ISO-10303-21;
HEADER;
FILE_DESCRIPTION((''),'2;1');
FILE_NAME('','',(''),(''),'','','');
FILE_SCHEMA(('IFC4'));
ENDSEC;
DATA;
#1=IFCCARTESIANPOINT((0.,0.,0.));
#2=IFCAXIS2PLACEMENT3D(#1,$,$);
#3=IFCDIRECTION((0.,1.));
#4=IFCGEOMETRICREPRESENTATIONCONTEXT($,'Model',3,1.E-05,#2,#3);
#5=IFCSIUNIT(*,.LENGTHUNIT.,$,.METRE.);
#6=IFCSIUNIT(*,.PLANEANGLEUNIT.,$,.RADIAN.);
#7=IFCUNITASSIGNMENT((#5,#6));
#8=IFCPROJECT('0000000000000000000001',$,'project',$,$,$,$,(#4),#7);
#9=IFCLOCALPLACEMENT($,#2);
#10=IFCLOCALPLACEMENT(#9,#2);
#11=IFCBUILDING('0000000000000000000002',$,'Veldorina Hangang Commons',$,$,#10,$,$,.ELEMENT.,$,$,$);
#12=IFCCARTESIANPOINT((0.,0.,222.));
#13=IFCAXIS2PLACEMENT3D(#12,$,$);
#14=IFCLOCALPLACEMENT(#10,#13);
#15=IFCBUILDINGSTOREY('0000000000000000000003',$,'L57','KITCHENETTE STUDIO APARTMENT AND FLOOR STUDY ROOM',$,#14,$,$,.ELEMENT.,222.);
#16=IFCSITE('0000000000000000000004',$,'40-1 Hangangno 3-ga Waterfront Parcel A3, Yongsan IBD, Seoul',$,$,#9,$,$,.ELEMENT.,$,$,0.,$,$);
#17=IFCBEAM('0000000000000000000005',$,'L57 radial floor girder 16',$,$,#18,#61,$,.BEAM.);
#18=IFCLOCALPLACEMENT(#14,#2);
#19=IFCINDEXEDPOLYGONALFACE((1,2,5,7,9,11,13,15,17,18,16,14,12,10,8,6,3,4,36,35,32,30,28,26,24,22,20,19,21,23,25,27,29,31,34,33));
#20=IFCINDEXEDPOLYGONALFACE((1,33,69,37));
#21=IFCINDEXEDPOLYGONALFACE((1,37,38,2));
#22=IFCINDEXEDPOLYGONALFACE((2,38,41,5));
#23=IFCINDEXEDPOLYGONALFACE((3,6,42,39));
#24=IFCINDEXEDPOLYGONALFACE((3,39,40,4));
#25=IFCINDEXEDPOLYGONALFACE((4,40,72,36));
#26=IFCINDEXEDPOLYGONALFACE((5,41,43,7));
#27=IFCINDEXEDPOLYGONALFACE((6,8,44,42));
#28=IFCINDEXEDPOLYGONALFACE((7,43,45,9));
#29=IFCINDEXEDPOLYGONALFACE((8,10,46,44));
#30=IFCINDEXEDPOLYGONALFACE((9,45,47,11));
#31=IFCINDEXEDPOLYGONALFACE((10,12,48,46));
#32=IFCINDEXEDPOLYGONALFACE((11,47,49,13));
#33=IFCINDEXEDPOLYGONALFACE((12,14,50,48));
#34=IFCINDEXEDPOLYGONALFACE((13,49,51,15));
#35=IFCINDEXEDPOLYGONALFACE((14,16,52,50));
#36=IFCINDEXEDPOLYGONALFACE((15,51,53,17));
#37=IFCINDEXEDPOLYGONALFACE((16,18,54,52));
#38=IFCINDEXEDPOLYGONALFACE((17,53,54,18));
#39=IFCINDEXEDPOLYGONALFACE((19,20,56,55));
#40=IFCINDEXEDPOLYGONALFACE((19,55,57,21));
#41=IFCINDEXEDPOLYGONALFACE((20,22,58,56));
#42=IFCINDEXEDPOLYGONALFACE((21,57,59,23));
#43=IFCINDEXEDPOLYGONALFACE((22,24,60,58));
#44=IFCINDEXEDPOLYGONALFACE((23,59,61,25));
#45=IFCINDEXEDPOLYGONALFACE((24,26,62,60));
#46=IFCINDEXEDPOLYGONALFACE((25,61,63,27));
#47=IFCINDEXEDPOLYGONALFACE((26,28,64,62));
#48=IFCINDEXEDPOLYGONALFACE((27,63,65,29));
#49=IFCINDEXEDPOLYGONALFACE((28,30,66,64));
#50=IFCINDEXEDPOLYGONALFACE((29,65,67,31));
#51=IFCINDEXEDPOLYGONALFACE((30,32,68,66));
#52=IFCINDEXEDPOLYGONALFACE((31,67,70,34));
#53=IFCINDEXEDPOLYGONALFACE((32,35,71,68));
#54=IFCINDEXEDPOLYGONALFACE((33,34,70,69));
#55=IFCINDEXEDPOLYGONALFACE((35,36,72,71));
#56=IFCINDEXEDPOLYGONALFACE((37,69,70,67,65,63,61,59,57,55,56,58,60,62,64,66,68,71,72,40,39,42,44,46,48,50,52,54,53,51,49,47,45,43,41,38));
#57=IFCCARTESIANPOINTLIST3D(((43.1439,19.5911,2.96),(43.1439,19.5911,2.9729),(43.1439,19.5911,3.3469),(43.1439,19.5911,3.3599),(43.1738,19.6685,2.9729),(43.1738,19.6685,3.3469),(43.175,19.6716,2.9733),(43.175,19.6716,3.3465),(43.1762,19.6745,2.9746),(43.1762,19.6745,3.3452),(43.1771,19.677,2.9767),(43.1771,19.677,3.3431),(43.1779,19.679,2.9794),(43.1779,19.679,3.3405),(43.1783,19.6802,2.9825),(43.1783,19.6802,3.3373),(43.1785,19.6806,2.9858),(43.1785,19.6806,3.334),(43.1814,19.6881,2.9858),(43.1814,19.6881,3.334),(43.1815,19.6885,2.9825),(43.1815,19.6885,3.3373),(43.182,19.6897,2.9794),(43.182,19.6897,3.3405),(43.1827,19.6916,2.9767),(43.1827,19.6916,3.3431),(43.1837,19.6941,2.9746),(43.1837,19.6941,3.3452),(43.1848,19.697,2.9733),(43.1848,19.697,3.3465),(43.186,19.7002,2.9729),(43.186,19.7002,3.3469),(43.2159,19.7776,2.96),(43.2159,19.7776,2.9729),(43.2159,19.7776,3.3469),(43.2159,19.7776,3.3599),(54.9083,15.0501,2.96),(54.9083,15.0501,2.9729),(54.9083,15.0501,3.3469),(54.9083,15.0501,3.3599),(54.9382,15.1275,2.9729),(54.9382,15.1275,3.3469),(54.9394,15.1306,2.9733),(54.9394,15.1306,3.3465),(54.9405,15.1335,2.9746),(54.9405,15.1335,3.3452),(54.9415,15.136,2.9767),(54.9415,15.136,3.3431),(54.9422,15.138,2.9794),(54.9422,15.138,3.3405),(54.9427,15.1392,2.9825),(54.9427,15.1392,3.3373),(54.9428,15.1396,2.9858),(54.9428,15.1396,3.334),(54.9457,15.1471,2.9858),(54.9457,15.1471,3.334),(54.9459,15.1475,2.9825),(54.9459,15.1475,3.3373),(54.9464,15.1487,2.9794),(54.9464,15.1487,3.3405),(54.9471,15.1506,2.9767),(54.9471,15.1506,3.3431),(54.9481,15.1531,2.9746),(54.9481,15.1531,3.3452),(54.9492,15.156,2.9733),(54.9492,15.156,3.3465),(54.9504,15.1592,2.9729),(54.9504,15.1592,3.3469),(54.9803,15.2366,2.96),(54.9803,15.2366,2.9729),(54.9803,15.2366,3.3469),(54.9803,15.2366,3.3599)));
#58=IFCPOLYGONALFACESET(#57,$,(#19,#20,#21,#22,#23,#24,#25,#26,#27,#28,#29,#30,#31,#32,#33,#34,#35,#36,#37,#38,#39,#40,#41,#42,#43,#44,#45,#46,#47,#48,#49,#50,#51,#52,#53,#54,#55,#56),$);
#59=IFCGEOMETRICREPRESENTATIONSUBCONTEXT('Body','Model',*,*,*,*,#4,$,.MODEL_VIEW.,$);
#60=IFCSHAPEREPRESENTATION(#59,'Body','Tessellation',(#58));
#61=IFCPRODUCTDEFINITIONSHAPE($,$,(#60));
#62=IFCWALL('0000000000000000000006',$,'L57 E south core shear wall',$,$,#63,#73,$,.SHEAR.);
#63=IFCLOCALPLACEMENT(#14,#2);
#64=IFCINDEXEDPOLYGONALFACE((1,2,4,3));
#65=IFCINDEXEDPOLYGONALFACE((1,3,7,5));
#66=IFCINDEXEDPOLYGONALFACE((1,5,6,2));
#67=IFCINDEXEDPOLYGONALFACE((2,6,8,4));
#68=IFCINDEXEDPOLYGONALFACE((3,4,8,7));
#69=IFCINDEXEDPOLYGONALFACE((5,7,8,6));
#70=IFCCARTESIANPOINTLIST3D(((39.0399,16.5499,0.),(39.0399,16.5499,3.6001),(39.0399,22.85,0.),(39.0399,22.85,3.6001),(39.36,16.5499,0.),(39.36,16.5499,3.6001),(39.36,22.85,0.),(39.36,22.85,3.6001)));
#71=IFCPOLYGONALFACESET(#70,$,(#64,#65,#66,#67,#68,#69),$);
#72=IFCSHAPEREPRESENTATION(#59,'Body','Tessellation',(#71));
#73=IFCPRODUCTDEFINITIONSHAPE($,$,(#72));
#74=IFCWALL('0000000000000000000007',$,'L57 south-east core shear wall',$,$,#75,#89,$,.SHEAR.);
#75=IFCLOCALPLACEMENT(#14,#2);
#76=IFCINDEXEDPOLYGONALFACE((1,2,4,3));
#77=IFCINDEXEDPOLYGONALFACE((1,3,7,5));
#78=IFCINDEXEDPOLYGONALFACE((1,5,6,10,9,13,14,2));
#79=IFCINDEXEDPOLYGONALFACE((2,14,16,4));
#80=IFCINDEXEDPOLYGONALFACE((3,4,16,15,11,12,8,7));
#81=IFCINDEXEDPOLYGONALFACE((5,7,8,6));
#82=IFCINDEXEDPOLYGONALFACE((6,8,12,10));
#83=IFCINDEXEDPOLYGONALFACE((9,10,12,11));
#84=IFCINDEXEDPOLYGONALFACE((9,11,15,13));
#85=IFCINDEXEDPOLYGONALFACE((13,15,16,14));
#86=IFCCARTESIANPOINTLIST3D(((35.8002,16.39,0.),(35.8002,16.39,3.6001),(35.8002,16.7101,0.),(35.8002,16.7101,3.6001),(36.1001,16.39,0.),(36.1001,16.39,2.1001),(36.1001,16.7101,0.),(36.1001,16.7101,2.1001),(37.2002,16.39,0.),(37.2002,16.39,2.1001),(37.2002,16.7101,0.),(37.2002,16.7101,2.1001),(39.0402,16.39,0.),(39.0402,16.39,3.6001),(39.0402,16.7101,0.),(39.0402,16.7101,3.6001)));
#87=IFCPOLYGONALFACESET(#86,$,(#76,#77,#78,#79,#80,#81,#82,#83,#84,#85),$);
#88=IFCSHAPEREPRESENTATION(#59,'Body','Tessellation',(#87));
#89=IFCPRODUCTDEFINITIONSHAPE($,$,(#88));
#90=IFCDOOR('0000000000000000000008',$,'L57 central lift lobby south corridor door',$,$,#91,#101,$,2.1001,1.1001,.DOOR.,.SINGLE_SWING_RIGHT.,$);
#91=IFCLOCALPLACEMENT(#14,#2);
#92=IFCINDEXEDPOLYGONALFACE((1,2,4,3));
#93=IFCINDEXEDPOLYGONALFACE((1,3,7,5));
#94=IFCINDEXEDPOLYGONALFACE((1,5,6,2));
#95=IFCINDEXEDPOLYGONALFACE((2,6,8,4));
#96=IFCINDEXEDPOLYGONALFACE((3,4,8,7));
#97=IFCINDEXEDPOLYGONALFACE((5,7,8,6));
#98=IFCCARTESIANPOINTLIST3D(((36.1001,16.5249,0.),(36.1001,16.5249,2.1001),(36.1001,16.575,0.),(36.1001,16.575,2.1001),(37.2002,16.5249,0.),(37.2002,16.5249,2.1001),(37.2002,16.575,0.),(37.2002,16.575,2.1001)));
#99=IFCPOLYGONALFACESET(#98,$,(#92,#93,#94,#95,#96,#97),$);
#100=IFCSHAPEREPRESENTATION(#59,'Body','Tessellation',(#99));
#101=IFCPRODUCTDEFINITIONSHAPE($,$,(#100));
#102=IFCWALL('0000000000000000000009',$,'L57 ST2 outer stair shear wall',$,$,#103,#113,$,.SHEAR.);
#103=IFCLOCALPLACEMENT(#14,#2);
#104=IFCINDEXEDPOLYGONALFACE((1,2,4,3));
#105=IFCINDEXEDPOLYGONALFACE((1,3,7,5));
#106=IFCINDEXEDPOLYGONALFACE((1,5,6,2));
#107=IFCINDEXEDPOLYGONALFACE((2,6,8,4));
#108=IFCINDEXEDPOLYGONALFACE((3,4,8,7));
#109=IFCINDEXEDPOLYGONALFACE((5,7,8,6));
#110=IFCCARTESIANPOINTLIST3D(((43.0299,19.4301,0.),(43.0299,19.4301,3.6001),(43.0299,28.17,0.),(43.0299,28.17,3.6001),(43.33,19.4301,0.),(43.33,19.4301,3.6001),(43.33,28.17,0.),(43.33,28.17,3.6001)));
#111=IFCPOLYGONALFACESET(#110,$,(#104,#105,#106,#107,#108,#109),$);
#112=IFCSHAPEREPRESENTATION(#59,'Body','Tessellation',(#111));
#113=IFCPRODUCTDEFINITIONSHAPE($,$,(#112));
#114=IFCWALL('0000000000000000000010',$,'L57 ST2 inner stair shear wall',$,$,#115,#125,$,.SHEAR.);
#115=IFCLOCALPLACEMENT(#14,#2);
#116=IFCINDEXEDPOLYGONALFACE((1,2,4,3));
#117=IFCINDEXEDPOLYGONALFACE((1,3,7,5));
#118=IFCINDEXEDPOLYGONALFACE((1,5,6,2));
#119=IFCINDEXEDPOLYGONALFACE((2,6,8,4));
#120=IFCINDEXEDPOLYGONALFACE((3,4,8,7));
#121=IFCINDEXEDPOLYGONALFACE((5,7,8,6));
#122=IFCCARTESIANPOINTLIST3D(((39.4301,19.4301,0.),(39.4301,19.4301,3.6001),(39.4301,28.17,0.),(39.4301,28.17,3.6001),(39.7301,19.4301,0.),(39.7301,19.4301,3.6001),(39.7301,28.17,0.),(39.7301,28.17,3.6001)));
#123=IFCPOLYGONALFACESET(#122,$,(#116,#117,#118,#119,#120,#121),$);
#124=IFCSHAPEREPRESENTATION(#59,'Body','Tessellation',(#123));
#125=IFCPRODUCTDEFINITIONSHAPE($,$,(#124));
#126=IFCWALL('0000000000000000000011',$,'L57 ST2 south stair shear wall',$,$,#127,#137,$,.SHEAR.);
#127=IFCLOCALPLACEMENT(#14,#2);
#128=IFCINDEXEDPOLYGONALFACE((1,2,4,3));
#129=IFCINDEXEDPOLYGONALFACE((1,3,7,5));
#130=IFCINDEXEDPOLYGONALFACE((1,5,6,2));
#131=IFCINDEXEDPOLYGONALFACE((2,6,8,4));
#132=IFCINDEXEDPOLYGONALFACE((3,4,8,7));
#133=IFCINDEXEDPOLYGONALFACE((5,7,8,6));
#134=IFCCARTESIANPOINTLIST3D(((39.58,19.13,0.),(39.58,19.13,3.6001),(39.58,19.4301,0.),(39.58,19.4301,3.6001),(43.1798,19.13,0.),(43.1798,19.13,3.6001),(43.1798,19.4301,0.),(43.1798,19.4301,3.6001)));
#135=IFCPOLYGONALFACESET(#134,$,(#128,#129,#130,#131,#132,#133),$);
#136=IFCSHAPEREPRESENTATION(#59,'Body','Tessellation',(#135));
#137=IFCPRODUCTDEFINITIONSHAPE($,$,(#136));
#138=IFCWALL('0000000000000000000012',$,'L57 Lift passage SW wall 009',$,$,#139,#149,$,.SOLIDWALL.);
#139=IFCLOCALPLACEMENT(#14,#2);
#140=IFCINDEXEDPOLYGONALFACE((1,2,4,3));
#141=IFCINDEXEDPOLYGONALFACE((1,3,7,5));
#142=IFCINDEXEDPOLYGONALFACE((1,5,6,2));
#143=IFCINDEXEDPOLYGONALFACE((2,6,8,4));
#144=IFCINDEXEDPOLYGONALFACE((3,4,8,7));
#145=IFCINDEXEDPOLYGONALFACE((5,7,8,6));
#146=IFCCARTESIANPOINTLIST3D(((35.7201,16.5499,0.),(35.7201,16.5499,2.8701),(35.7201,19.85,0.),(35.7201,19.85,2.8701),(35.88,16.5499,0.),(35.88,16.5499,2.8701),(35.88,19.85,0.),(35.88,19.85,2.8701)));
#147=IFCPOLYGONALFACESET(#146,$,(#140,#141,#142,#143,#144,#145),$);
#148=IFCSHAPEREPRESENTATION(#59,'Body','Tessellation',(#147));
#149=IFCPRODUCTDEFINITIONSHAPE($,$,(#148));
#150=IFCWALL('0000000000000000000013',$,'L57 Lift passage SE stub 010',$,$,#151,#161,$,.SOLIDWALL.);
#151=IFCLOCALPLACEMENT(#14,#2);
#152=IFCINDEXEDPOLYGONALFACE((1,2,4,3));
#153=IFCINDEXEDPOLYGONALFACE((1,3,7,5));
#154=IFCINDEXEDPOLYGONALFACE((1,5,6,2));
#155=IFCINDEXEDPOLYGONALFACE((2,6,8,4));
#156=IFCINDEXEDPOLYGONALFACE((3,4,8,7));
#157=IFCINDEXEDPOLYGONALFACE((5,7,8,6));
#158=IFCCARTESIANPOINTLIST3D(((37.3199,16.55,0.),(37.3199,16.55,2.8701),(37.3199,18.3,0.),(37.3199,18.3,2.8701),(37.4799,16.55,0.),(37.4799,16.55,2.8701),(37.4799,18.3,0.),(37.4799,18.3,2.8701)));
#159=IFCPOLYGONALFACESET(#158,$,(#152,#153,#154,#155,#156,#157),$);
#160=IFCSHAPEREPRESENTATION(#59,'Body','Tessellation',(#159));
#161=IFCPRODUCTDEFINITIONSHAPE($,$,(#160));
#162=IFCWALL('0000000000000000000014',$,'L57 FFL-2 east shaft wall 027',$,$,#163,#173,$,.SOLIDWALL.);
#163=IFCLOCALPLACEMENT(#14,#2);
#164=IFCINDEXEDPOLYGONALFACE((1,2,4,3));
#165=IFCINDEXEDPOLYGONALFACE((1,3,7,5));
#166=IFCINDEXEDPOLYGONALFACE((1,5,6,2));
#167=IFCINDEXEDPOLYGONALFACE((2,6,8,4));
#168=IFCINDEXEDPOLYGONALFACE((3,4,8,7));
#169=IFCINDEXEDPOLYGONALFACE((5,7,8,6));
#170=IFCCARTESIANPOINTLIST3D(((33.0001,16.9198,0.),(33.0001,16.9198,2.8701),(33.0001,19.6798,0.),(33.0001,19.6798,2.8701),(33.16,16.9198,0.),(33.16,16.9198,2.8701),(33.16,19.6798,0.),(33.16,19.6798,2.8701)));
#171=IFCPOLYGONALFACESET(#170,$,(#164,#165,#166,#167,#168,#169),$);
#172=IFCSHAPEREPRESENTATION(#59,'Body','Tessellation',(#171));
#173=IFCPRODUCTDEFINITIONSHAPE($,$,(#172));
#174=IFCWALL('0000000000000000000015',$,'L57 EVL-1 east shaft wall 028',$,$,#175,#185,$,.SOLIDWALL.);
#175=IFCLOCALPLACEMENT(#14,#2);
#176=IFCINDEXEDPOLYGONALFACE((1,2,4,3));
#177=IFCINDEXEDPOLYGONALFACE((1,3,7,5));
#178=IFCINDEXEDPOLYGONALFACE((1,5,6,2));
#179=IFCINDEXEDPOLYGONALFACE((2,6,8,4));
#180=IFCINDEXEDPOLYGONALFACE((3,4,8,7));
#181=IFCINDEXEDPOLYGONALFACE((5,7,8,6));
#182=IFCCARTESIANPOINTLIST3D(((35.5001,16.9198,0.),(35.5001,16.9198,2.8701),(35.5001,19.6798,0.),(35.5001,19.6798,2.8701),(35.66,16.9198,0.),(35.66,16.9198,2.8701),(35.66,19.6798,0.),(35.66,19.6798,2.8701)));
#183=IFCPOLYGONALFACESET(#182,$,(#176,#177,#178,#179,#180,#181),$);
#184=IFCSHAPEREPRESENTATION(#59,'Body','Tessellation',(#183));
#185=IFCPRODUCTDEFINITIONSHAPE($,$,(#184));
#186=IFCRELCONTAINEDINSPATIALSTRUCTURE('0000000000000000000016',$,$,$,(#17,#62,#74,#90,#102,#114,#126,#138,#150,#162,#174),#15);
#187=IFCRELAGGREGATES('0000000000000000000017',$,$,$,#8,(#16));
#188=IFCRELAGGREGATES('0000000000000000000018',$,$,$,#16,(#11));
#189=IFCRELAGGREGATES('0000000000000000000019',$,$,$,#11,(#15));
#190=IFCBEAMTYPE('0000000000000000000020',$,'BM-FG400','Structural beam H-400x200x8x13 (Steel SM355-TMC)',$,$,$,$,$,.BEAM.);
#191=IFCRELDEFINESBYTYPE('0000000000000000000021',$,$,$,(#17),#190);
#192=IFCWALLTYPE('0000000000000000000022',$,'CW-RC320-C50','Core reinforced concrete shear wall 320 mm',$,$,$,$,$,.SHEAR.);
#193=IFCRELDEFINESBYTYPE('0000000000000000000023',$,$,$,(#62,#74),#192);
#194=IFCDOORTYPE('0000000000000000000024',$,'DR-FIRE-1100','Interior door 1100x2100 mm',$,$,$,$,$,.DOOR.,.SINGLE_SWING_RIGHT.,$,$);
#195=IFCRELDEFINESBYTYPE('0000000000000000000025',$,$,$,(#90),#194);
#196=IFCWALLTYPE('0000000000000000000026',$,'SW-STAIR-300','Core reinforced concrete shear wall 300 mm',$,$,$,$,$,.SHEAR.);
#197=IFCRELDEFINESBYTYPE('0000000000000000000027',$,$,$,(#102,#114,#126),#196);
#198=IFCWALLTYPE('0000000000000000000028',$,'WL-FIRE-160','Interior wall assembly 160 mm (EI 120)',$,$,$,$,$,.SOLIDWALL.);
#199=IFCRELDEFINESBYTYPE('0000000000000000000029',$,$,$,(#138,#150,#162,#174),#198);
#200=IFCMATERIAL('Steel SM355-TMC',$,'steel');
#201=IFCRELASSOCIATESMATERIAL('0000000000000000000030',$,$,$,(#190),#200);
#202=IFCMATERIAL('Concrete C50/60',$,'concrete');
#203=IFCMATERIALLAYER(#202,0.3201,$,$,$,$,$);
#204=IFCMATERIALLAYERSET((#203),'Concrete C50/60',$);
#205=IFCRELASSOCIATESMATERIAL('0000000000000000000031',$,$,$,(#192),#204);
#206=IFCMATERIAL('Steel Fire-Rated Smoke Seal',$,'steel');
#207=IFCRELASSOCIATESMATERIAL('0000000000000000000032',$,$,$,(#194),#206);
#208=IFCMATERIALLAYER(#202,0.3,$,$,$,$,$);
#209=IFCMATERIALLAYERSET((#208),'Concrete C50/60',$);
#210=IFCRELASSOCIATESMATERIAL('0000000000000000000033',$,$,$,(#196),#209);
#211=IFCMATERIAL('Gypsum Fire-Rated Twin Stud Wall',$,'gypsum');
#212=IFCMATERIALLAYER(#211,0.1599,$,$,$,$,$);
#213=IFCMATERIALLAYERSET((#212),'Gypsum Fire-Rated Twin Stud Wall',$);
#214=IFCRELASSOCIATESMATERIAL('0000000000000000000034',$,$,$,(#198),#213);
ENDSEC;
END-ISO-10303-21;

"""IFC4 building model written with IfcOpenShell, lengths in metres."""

from ifc_helpers import new_model, si_unit, direction, frame, frame_2d, origin, origin_2d, place, context, subcontext, project, spatial, rectangle, i_section, extrude, material, layer, layer_set, material_profile, profile_set, type_object, element, fill, save


model = new_model("IFC4")

# Units and contexts
model_context = context("Model", 3, precision=1e-05, world=origin(), true_north=direction((0.0, 1.0)))
body_context = subcontext(model_context, "Body", "Model", "MODEL_VIEW")
ifc_project = project(units=[si_unit("LENGTHUNIT", "METRE"), si_unit("PLANEANGLEUNIT", "RADIAN")], contexts=[model_context])

# Site, building, storey
site_placement = place(None, origin())
site = spatial("IfcSite", under=ifc_project, at=site_placement, Name="40-1 Hangangno 3-ga Waterfront Parcel A3, Yongsan IBD, Seoul", CompositionType="ELEMENT", RefElevation=0.0)
building_placement = place(site_placement, origin())
building = spatial("IfcBuilding", under=site, at=building_placement, Name="Veldorina Hangang Commons", CompositionType="ELEMENT")
storey_placement = place(building_placement, frame((0.0, 0.0, 222.0)))
storey = spatial("IfcBuildingStorey", under=building, at=storey_placement, Name="L57", Description="KITCHENETTE STUDIO APARTMENT AND FLOOR STUDY ROOM", CompositionType="ELEMENT", Elevation=222.0)

# Beam
ifc_material_1 = material(Name="Concrete C50/60", Category="concrete")
ifc_material_2 = material(Name="Steel SM355-TMC", Category="steel")
ifc_material_profile_1 = material_profile(ifc_material_2, i_section(OverallWidth=0.2, OverallDepth=0.3999, WebThickness=0.0081, FlangeThickness=0.0129, FilletRadius=0.0129, at=origin_2d()), Name="H-400x200x8x13")
ifc_profile_set_1 = profile_set([ifc_material_profile_1], Name="Steel SM355-TMC")
beam_type_1 = type_object("IfcBeamType", Name="BM-FG400", Description="Structural beam H-400x200x8x13 (Steel SM355-TMC)", PredefinedType="BEAM", material=ifc_profile_set_1)
beam_1_placement = place(storey_placement, frame((43.1799, 19.6843, 3.1599), z_axis=(0.932913, -0.360101, 0.0), x_axis=(0.360101, 0.932913, 0.0)))
element("IfcBeam", 1, at=beam_1_placement, inside=storey, type_object=beam_type_1, Name="L57 radial floor girder 16", PredefinedType="BEAM", context=body_context, shape_type="SweptSolid", body=[
    extrude(i_section(OverallWidth=0.2, OverallDepth=0.3999, WebThickness=0.0081, FlangeThickness=0.0129, FilletRadius=0.0129, at=origin_2d()), origin(), (0.0, 0.0, 1.0), 12.6104),
])

# Wall
ifc_layer_1 = layer(ifc_material_1, 0.3201)
ifc_layer_set_1 = layer_set([ifc_layer_1], Name="Concrete C50/60")
wall_type_1 = type_object("IfcWallType", Name="CW-RC320-C50", Description="Core reinforced concrete shear wall 320 mm", PredefinedType="SHEAR", material=ifc_layer_set_1)
wall_1_placement = place(storey_placement, frame((39.2, 16.55, 0.0), z_axis=(0.0, 0.0, 1.0), x_axis=(0.0, 1.0, 0.0)))
element("IfcWall", 2, at=wall_1_placement, inside=storey, type_object=wall_type_1, Name="L57 E south core shear wall", PredefinedType="SHEAR", context=body_context, shape_type="SweptSolid", body=[
    extrude(rectangle(XDim=6.3, YDim=0.3201, at=frame_2d((3.1499, 0.0))), origin(), (0.0, 0.0, 1.0), 3.6001),
])

# Wall, opening, door
wall_2_placement = place(storey_placement, frame((35.8, 16.55, 0.0), z_axis=(0.0, 0.0, 1.0), x_axis=(1.0, 0.0, 0.0)))
wall_2 = element("IfcWall", 3, at=wall_2_placement, inside=storey, type_object=wall_type_1, Name="L57 south-east core shear wall", PredefinedType="SHEAR", context=body_context, shape_type="SweptSolid", body=[
    extrude(rectangle(XDim=3.24, YDim=0.3201, at=frame_2d((1.6201, 0.0))), origin(), (0.0, 0.0, 1.0), 3.6001),
])
opening_1_placement = place(wall_2_placement, frame((0.3, 0.0, 0.0)))
opening_1 = element("IfcOpeningElement", 4, at=opening_1_placement, cuts=wall_2, PredefinedType="OPENING", context=body_context, shape_type="SweptSolid", body=[
    extrude(rectangle(XDim=1.1001, YDim=2.1001, at=frame_2d((0.55, 1.05))), frame((0.0, 0.1699, 0.0), z_axis=(0.0, -1.0, 0.0), x_axis=(1.0, 0.0, 0.0)), (0.0, 0.0, 1.0), 0.3401),
])
ifc_material_3 = material(Name="Steel Fire-Rated Smoke Seal", Category="steel")
door_type_1 = type_object("IfcDoorType", Name="DR-FIRE-1100", Description="Interior door 1100x2100 mm", OperationType="SINGLE_SWING_RIGHT", PredefinedType="DOOR", material=ifc_material_3)
door_1_placement = place(opening_1_placement, origin())
door_1 = element("IfcDoor", 5, at=door_1_placement, inside=storey, type_object=door_type_1, Name="L57 central lift lobby south corridor door", OperationType="SINGLE_SWING_RIGHT", OverallHeight=2.1001, OverallWidth=1.1001, PredefinedType="DOOR", context=body_context, shape_type="SweptSolid", body=[
    extrude(rectangle(XDim=1.1001, YDim=2.1001, at=frame_2d((0.55, 1.05))), frame((0.0, 0.0249, 0.0), z_axis=(0.0, -1.0, 0.0), x_axis=(1.0, 0.0, 0.0)), (0.0, 0.0, 1.0), 0.05),
])
fill(opening_1, door_1)

# Walls
ifc_layer_2 = layer(ifc_material_1, 0.3)
ifc_layer_set_2 = layer_set([ifc_layer_2], Name="Concrete C50/60")
wall_type_2 = type_object("IfcWallType", Name="SW-STAIR-300", Description="Core reinforced concrete shear wall 300 mm", PredefinedType="SHEAR", material=ifc_layer_set_2)
for number, where, z_axis, x_axis, name in (
    (6, (43.1799, 19.4299, 0.0), (0.0, 0.0, 1.0), (0.0, 1.0, 0.0), "L57 ST2 outer stair shear wall"),
    (7, (39.5801, 19.4299, 0.0), (0.0, 0.0, 1.0), (0.0, 1.0, 0.0), "L57 ST2 inner stair shear wall"),
):
    element("IfcWall", number, at=place(storey_placement, frame(where, z_axis=z_axis, x_axis=x_axis)), inside=storey, type_object=wall_type_2, Name=name, PredefinedType="SHEAR", context=body_context, shape_type="SweptSolid", body=[
        extrude(rectangle(XDim=8.74, YDim=0.3, at=frame_2d((4.3701, 0.0))), origin(), (0.0, 0.0, 1.0), 3.6001),
    ])
wall_3_placement = place(storey_placement, frame((39.5801, 19.28, 0.0), z_axis=(0.0, 0.0, 1.0), x_axis=(1.0, 0.0, 0.0)))
element("IfcWall", 8, at=wall_3_placement, inside=storey, type_object=wall_type_2, Name="L57 ST2 south stair shear wall", PredefinedType="SHEAR", context=body_context, shape_type="SweptSolid", body=[
    extrude(rectangle(XDim=3.5999, YDim=0.3, at=frame_2d((1.7998, 0.0))), origin(), (0.0, 0.0, 1.0), 3.6001),
])
ifc_material_4 = material(Name="Gypsum Fire-Rated Twin Stud Wall", Category="gypsum")
ifc_layer_3 = layer(ifc_material_4, 0.1599)
ifc_layer_set_3 = layer_set([ifc_layer_3], Name="Gypsum Fire-Rated Twin Stud Wall")
wall_type_3 = type_object("IfcWallType", Name="WL-FIRE-160", Description="Interior wall assembly 160 mm (EI 120)", PredefinedType="SOLIDWALL", material=ifc_layer_set_3)
wall_4_placement = place(storey_placement, frame((35.8, 16.55, 0.0), z_axis=(0.0, 0.0, 1.0), x_axis=(0.0, 1.0, 0.0)))
element("IfcWall", 9, at=wall_4_placement, inside=storey, type_object=wall_type_3, Name="L57 Lift passage SW wall 009", PredefinedType="SOLIDWALL", context=body_context, shape_type="SweptSolid", body=[
    extrude(rectangle(XDim=3.3, YDim=0.1599, at=frame_2d((1.6499, 0.0))), origin(), (0.0, 0.0, 1.0), 2.8701),
])
wall_5_placement = place(storey_placement, frame((37.3999, 16.55, 0.0), z_axis=(0.0, 0.0, 1.0), x_axis=(0.0, 1.0, 0.0)))
element("IfcWall", 10, at=wall_5_placement, inside=storey, type_object=wall_type_3, Name="L57 Lift passage SE stub 010", PredefinedType="SOLIDWALL", context=body_context, shape_type="SweptSolid", body=[
    extrude(rectangle(XDim=1.75, YDim=0.1599, at=frame_2d((0.875, 0.0))), origin(), (0.0, 0.0, 1.0), 2.8701),
])
for number, where, z_axis, x_axis, name in (
    (11, (33.0801, 16.9199, 0.0), (0.0, 0.0, 1.0), (0.0, 1.0, 0.0), "L57 FFL-2 east shaft wall 027"),
    (12, (35.5801, 16.9199, 0.0), (0.0, 0.0, 1.0), (0.0, 1.0, 0.0), "L57 EVL-1 east shaft wall 028"),
):
    element("IfcWall", number, at=place(storey_placement, frame(where, z_axis=z_axis, x_axis=x_axis)), inside=storey, type_object=wall_type_3, Name=name, PredefinedType="SOLIDWALL", context=body_context, shape_type="SweptSolid", body=[
        extrude(rectangle(XDim=2.76, YDim=0.1599, at=frame_2d((1.3799, 0.0))), origin(), (0.0, 0.0, 1.0), 2.8701),
    ])

save(model, "model.ifc")
